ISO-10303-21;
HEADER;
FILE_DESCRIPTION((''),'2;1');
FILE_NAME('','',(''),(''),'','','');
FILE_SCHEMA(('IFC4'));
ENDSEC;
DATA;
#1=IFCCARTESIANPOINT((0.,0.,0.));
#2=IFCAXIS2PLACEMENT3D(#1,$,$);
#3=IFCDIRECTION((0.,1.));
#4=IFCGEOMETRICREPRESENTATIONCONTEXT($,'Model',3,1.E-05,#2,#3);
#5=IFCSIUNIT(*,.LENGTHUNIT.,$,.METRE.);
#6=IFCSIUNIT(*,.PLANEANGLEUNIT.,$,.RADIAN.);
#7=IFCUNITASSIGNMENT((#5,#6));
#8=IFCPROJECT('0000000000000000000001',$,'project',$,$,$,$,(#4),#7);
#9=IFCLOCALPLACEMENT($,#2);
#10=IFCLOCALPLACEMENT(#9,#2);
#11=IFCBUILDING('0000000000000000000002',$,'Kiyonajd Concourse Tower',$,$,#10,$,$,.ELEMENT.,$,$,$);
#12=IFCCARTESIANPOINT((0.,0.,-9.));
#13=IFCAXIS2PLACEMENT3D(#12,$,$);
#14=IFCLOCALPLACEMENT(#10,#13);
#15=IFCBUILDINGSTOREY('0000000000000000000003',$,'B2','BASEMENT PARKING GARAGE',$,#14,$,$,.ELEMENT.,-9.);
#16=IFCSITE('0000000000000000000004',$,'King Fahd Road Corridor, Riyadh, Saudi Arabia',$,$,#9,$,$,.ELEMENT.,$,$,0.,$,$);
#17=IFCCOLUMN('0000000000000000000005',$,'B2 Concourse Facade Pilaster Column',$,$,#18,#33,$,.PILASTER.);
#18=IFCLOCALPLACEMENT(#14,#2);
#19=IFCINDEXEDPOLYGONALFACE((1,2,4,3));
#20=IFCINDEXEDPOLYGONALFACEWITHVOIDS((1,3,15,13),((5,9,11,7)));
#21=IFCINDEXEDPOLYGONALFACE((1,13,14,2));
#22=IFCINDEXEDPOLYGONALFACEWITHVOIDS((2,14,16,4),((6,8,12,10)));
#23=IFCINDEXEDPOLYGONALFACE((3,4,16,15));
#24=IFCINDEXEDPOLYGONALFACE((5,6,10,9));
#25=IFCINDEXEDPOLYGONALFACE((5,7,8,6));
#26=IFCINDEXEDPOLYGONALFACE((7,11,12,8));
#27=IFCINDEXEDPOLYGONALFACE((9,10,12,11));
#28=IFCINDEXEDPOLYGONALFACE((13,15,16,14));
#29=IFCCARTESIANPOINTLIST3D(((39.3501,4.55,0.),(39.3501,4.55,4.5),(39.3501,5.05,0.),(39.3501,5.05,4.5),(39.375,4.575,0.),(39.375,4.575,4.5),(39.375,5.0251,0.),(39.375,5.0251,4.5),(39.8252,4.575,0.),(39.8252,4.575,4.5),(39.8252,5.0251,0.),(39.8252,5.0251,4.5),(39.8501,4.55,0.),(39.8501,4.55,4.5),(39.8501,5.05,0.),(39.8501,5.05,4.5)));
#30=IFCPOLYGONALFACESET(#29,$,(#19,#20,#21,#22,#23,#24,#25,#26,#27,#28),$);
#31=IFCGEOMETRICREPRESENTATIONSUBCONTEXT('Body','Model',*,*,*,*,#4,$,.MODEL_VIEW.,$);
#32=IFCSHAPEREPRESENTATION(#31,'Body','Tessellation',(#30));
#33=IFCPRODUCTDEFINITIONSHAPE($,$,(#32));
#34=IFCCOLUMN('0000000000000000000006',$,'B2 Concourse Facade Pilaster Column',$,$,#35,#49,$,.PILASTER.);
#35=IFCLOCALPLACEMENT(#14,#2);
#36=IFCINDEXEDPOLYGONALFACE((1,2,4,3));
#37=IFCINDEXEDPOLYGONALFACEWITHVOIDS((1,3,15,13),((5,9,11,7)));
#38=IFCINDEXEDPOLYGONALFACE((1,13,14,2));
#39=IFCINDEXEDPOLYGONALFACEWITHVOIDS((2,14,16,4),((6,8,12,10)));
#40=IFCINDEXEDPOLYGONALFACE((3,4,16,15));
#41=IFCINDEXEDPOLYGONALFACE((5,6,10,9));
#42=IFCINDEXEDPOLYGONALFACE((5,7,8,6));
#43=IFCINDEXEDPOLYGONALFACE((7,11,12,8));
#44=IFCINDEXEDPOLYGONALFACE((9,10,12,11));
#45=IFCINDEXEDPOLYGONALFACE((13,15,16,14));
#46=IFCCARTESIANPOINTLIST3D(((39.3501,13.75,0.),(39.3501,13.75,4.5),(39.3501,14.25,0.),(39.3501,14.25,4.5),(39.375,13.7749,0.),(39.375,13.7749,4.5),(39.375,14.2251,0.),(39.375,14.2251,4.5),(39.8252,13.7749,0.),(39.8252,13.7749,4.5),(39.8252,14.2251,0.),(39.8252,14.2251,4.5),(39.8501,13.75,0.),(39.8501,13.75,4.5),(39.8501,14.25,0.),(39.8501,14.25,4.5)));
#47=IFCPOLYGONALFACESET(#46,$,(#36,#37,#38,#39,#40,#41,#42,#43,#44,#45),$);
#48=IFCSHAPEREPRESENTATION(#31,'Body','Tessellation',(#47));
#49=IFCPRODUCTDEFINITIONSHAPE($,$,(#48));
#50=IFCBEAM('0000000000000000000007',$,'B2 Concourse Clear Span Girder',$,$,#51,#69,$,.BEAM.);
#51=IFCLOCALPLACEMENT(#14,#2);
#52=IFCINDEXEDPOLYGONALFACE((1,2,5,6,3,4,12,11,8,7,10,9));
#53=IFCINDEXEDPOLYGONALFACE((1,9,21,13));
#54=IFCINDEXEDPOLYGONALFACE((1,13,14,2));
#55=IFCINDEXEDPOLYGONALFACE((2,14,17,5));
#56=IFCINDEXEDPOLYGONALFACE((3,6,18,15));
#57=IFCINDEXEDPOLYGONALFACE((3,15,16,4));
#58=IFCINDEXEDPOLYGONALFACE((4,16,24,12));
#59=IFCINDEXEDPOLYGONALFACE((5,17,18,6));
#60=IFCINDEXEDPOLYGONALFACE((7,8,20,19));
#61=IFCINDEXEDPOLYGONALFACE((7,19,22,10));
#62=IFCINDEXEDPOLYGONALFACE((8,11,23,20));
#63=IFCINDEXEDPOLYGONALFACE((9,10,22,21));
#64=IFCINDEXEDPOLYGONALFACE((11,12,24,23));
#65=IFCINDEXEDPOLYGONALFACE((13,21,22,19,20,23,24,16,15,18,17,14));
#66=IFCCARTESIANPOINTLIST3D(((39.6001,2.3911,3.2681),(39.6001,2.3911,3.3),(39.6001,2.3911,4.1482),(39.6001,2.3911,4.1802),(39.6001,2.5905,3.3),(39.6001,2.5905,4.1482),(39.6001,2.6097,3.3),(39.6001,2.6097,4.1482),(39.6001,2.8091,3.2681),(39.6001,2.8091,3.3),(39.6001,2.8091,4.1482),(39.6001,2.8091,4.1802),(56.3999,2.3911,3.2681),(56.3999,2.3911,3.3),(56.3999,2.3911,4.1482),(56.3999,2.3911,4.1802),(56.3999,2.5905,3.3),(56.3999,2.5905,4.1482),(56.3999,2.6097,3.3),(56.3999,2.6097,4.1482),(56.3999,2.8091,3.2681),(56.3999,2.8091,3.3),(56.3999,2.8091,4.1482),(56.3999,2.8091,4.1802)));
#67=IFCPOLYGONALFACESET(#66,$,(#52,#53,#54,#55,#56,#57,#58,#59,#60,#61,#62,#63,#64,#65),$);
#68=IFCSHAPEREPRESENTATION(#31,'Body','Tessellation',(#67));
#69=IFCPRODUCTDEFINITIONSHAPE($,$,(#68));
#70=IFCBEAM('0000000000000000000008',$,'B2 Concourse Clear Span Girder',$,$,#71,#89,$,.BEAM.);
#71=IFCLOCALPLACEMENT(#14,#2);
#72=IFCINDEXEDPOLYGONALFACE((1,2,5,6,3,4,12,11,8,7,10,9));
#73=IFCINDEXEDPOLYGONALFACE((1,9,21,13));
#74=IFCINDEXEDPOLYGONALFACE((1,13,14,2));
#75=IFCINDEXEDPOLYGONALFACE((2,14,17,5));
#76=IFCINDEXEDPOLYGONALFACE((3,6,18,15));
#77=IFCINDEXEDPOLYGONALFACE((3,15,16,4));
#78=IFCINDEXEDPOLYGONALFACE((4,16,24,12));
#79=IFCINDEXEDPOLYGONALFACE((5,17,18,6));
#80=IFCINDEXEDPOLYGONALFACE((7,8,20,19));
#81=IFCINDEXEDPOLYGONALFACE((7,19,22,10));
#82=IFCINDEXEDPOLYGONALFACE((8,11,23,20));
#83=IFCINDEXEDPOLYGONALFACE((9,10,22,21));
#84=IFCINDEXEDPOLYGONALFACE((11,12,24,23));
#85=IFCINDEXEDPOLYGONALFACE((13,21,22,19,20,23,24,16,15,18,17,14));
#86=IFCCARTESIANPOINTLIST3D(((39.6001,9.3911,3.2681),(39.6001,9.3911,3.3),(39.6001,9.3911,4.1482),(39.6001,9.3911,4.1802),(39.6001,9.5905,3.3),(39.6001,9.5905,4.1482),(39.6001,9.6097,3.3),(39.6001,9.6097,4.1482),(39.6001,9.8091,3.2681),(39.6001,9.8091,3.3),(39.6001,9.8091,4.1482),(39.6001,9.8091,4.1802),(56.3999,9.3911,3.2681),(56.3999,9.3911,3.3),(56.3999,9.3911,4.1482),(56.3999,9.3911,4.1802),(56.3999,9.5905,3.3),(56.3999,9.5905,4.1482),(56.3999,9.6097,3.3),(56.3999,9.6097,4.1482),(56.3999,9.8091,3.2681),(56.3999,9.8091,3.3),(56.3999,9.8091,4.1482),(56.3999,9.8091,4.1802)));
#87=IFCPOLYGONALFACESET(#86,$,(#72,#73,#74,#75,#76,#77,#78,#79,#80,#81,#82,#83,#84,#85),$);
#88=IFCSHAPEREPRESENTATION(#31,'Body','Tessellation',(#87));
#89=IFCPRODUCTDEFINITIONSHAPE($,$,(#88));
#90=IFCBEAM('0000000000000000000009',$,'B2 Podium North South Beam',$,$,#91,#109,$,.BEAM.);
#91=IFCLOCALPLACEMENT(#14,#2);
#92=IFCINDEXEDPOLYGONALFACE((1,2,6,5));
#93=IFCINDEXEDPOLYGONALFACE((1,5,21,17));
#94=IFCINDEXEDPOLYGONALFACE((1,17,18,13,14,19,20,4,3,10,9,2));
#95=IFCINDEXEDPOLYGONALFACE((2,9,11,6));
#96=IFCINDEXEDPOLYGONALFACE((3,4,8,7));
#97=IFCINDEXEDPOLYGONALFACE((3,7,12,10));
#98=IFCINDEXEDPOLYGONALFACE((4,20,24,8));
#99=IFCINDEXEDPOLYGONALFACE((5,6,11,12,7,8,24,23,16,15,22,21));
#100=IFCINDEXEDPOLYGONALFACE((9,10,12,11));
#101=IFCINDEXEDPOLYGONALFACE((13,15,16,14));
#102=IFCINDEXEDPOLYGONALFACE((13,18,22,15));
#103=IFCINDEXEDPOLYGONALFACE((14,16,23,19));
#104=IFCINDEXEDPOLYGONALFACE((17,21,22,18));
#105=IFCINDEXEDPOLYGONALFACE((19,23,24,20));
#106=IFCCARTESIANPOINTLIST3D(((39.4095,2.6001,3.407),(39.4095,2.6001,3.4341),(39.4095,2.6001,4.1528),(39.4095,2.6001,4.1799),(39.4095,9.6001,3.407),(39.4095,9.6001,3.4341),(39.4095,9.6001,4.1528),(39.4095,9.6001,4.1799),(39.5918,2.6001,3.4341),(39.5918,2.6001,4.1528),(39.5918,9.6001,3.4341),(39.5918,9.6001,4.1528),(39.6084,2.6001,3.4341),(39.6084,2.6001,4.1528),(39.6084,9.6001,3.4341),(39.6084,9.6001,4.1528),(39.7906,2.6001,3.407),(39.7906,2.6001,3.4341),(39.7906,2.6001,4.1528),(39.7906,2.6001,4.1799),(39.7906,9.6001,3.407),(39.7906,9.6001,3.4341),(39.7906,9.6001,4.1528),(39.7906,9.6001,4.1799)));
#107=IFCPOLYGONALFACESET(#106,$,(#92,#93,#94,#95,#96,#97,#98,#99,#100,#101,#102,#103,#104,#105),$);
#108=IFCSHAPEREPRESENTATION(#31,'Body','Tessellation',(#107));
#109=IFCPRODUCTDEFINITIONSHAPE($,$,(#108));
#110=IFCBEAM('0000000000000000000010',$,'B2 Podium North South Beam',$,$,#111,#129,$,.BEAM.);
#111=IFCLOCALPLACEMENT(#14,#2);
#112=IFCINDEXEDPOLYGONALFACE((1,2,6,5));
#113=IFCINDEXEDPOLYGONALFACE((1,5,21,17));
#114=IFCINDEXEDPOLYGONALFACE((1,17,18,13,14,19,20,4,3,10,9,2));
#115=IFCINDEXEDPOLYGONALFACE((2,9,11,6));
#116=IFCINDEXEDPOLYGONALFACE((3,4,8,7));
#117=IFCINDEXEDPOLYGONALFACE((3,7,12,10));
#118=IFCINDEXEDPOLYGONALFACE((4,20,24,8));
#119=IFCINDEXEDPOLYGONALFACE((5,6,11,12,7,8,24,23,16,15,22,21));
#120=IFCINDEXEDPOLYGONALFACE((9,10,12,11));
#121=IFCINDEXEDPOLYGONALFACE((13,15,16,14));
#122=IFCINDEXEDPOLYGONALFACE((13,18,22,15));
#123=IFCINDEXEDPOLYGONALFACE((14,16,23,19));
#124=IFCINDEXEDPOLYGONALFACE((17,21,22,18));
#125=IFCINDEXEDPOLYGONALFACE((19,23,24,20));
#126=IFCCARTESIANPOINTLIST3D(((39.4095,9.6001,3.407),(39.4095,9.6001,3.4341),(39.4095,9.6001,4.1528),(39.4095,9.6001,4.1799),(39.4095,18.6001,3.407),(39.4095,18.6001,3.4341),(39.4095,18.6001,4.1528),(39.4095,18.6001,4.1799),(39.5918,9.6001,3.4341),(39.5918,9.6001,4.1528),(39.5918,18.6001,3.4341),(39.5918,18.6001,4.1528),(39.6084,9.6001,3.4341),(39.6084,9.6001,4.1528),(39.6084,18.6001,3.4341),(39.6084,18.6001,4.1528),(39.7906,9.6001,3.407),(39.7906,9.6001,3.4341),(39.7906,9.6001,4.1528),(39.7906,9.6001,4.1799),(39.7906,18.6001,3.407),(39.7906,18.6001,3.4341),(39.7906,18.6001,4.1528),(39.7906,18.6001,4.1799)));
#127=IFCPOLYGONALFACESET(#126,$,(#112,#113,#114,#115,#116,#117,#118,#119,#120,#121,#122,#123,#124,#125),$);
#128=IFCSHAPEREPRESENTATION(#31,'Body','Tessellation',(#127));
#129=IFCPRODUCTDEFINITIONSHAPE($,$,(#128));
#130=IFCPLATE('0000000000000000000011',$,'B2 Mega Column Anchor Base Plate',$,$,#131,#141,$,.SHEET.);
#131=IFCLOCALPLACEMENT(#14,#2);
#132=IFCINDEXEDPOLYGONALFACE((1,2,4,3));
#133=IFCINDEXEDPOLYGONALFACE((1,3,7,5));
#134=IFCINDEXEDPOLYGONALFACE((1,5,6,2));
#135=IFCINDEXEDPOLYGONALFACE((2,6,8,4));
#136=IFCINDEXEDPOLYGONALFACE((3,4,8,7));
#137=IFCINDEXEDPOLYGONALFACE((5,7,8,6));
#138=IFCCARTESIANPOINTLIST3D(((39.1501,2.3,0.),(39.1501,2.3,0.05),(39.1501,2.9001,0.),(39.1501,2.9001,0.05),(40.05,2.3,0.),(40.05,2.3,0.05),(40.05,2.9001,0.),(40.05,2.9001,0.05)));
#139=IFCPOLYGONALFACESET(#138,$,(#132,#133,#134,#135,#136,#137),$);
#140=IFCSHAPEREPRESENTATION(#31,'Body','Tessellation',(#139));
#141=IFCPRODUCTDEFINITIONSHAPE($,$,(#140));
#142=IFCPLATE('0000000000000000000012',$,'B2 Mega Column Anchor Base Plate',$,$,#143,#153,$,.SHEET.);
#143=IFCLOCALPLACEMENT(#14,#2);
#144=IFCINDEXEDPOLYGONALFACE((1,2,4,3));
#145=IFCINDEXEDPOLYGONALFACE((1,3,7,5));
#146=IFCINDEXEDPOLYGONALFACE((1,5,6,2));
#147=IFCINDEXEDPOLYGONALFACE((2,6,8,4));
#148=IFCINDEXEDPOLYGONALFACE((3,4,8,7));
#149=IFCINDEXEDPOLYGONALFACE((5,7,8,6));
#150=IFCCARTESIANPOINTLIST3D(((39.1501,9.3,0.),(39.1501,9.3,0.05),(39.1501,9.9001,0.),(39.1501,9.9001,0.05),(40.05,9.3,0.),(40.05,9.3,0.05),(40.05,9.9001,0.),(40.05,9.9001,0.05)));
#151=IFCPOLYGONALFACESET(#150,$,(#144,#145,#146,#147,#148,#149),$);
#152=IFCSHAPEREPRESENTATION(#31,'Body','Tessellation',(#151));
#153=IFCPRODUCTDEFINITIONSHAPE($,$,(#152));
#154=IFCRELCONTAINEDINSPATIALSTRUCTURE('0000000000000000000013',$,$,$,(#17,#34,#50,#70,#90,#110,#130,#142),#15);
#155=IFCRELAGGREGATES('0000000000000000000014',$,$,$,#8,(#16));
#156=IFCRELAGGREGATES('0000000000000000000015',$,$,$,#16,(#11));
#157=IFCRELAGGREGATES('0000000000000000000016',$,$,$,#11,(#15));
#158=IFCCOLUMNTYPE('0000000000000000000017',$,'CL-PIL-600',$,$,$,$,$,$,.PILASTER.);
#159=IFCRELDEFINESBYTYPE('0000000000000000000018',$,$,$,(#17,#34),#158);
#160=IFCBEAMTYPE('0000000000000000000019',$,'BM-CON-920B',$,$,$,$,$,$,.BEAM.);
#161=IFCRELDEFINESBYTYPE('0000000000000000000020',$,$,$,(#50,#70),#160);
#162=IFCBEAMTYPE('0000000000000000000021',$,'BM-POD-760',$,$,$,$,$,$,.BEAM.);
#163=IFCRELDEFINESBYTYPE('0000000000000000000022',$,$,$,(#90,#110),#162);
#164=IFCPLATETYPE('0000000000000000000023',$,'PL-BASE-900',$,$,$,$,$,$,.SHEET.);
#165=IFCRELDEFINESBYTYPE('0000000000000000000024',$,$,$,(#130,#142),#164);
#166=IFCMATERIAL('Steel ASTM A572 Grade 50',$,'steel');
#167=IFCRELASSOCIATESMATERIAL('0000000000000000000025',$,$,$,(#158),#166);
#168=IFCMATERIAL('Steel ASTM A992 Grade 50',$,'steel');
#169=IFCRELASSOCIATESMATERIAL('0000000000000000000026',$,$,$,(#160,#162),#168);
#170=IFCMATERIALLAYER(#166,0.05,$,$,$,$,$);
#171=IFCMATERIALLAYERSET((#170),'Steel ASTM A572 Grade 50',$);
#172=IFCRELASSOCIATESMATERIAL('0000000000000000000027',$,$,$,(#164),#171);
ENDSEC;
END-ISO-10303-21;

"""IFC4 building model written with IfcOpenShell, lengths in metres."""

from ifc_helpers import new_model, si_unit, direction, frame, origin, origin_2d, place, context, subcontext, project, spatial, rectangle, hollow_rectangle, i_section, extrude, material, layer, layer_set, material_profile, profile_set, type_object, element, save


model = new_model("IFC4")

# Units and contexts
model_context = context("Model", 3, precision=1e-05, world=origin(), true_north=direction((0.0, 1.0)))
body_context = subcontext(model_context, "Body", "Model", "MODEL_VIEW")
ifc_project = project(units=[si_unit("LENGTHUNIT", "METRE"), si_unit("PLANEANGLEUNIT", "RADIAN")], contexts=[model_context])

# Site, building, storey
site_placement = place(None, origin())
site = spatial("IfcSite", under=ifc_project, at=site_placement, Name="King Fahd Road Corridor, Riyadh, Saudi Arabia", CompositionType="ELEMENT", RefElevation=0.0)
building_placement = place(site_placement, origin())
building = spatial("IfcBuilding", under=site, at=building_placement, Name="Kiyonajd Concourse Tower", CompositionType="ELEMENT")
storey_placement = place(building_placement, frame((0.0, 0.0, -9.0)))
storey = spatial("IfcBuildingStorey", under=building, at=storey_placement, Name="B2", Description="BASEMENT PARKING GARAGE", CompositionType="ELEMENT", Elevation=-9.0)

# Columns
ifc_material_1 = material(Name="Steel ASTM A572 Grade 50", Category="steel")
ifc_material_profile_1 = material_profile(ifc_material_1, hollow_rectangle(XDim=0.5, YDim=0.5, WallThickness=0.0249, at=origin_2d()), Name="HSS-500x500x25")
ifc_profile_set_1 = profile_set([ifc_material_profile_1], Name="Steel ASTM A572 Grade 50")
column_type_1 = type_object("IfcColumnType", Name="CL-PIL-600", PredefinedType="PILASTER", material=ifc_profile_set_1)
for number, where, z_axis, x_axis, name in (
    (1, (39.6001, 4.8, 0.0), (0.0, 0.0, 1.0), (1.0, 0.0, 0.0), "B2 Concourse Facade Pilaster Column"),
    (2, (39.6001, 14.0, 0.0), (0.0, 0.0, 1.0), (1.0, 0.0, 0.0), "B2 Concourse Facade Pilaster Column"),
):
    element("IfcColumn", number, at=place(storey_placement, frame(where, z_axis=z_axis, x_axis=x_axis)), inside=storey, type_object=column_type_1, Name=name, PredefinedType="PILASTER", context=body_context, shape_type="SweptSolid", body=[
        extrude(hollow_rectangle(XDim=0.5, YDim=0.5, WallThickness=0.0249, at=origin_2d()), origin(), (0.0, 0.0, 1.0), 4.5),
    ])

# Beams
ifc_material_2 = material(Name="Steel ASTM A992 Grade 50", Category="steel")
ifc_material_profile_2 = material_profile(ifc_material_2, i_section(OverallWidth=0.418, OverallDepth=0.9121, WebThickness=0.0193, FlangeThickness=0.032, at=origin_2d()), Name="W920X342")
ifc_profile_set_2 = profile_set([ifc_material_profile_2], Name="Steel ASTM A992 Grade 50")
beam_type_1 = type_object("IfcBeamType", Name="BM-CON-920B", PredefinedType="BEAM", material=ifc_profile_set_2)
for number, where, z_axis, x_axis, name in (
    (3, (39.6001, 2.6001, 3.7241), (1.0, 0.0, 0.0), (0.0, 1.0, 0.0), "B2 Concourse Clear Span Girder"),
    (4, (39.6001, 9.6001, 3.7241), (1.0, 0.0, 0.0), (0.0, 1.0, 0.0), "B2 Concourse Clear Span Girder"),
):
    element("IfcBeam", number, at=place(storey_placement, frame(where, z_axis=z_axis, x_axis=x_axis)), inside=storey, type_object=beam_type_1, Name=name, PredefinedType="BEAM", context=body_context, shape_type="SweptSolid", body=[
        extrude(i_section(OverallWidth=0.418, OverallDepth=0.9121, WebThickness=0.0193, FlangeThickness=0.032, at=origin_2d()), origin(), (0.0, 0.0, 1.0), 16.7998),
    ])
ifc_material_profile_3 = material_profile(ifc_material_2, i_section(OverallWidth=0.3811, OverallDepth=0.7729, WebThickness=0.0166, FlangeThickness=0.0271, at=origin_2d()), Name="W760X257")
ifc_profile_set_3 = profile_set([ifc_material_profile_3], Name="Steel ASTM A992 Grade 50")
beam_type_2 = type_object("IfcBeamType", Name="BM-POD-760", PredefinedType="BEAM", material=ifc_profile_set_3)
beam_1_placement = place(storey_placement, frame((39.6001, 2.6001, 3.7935), z_axis=(0.0, 1.0, 0.0), x_axis=(-1.0, 0.0, 0.0)))
element("IfcBeam", 5, at=beam_1_placement, inside=storey, type_object=beam_type_2, Name="B2 Podium North South Beam", PredefinedType="BEAM", context=body_context, shape_type="SweptSolid", body=[
    extrude(i_section(OverallWidth=0.3811, OverallDepth=0.7729, WebThickness=0.0166, FlangeThickness=0.0271, at=origin_2d()), origin(), (0.0, 0.0, 1.0), 7.0),
])
beam_2_placement = place(storey_placement, frame((39.6001, 9.6001, 3.7935), z_axis=(0.0, 1.0, 0.0), x_axis=(-1.0, 0.0, 0.0)))
element("IfcBeam", 6, at=beam_2_placement, inside=storey, type_object=beam_type_2, Name="B2 Podium North South Beam", PredefinedType="BEAM", context=body_context, shape_type="SweptSolid", body=[
    extrude(i_section(OverallWidth=0.3811, OverallDepth=0.7729, WebThickness=0.0166, FlangeThickness=0.0271, at=origin_2d()), origin(), (0.0, 0.0, 1.0), 9.0),
])

# Plates
ifc_layer = layer(ifc_material_1, 0.05)
ifc_layer_set = layer_set([ifc_layer], Name="Steel ASTM A572 Grade 50")
plate_type = type_object("IfcPlateType", Name="PL-BASE-900", PredefinedType="SHEET", material=ifc_layer_set)
for number, where, z_axis, x_axis, name in (
    (7, (39.6001, 2.6001, 0.0), (0.0, 0.0, 1.0), (1.0, 0.0, 0.0), "B2 Mega Column Anchor Base Plate"),
    (8, (39.6001, 9.6001, 0.0), (0.0, 0.0, 1.0), (1.0, 0.0, 0.0), "B2 Mega Column Anchor Base Plate"),
):
    element("IfcPlate", number, at=place(storey_placement, frame(where, z_axis=z_axis, x_axis=x_axis)), inside=storey, type_object=plate_type, Name=name, PredefinedType="SHEET", context=body_context, shape_type="SweptSolid", body=[
        extrude(rectangle(XDim=0.8999, YDim=0.6001, at=origin_2d()), origin(), (0.0, 0.0, 1.0), 0.05),
    ])

save(model, "model.ifc")
